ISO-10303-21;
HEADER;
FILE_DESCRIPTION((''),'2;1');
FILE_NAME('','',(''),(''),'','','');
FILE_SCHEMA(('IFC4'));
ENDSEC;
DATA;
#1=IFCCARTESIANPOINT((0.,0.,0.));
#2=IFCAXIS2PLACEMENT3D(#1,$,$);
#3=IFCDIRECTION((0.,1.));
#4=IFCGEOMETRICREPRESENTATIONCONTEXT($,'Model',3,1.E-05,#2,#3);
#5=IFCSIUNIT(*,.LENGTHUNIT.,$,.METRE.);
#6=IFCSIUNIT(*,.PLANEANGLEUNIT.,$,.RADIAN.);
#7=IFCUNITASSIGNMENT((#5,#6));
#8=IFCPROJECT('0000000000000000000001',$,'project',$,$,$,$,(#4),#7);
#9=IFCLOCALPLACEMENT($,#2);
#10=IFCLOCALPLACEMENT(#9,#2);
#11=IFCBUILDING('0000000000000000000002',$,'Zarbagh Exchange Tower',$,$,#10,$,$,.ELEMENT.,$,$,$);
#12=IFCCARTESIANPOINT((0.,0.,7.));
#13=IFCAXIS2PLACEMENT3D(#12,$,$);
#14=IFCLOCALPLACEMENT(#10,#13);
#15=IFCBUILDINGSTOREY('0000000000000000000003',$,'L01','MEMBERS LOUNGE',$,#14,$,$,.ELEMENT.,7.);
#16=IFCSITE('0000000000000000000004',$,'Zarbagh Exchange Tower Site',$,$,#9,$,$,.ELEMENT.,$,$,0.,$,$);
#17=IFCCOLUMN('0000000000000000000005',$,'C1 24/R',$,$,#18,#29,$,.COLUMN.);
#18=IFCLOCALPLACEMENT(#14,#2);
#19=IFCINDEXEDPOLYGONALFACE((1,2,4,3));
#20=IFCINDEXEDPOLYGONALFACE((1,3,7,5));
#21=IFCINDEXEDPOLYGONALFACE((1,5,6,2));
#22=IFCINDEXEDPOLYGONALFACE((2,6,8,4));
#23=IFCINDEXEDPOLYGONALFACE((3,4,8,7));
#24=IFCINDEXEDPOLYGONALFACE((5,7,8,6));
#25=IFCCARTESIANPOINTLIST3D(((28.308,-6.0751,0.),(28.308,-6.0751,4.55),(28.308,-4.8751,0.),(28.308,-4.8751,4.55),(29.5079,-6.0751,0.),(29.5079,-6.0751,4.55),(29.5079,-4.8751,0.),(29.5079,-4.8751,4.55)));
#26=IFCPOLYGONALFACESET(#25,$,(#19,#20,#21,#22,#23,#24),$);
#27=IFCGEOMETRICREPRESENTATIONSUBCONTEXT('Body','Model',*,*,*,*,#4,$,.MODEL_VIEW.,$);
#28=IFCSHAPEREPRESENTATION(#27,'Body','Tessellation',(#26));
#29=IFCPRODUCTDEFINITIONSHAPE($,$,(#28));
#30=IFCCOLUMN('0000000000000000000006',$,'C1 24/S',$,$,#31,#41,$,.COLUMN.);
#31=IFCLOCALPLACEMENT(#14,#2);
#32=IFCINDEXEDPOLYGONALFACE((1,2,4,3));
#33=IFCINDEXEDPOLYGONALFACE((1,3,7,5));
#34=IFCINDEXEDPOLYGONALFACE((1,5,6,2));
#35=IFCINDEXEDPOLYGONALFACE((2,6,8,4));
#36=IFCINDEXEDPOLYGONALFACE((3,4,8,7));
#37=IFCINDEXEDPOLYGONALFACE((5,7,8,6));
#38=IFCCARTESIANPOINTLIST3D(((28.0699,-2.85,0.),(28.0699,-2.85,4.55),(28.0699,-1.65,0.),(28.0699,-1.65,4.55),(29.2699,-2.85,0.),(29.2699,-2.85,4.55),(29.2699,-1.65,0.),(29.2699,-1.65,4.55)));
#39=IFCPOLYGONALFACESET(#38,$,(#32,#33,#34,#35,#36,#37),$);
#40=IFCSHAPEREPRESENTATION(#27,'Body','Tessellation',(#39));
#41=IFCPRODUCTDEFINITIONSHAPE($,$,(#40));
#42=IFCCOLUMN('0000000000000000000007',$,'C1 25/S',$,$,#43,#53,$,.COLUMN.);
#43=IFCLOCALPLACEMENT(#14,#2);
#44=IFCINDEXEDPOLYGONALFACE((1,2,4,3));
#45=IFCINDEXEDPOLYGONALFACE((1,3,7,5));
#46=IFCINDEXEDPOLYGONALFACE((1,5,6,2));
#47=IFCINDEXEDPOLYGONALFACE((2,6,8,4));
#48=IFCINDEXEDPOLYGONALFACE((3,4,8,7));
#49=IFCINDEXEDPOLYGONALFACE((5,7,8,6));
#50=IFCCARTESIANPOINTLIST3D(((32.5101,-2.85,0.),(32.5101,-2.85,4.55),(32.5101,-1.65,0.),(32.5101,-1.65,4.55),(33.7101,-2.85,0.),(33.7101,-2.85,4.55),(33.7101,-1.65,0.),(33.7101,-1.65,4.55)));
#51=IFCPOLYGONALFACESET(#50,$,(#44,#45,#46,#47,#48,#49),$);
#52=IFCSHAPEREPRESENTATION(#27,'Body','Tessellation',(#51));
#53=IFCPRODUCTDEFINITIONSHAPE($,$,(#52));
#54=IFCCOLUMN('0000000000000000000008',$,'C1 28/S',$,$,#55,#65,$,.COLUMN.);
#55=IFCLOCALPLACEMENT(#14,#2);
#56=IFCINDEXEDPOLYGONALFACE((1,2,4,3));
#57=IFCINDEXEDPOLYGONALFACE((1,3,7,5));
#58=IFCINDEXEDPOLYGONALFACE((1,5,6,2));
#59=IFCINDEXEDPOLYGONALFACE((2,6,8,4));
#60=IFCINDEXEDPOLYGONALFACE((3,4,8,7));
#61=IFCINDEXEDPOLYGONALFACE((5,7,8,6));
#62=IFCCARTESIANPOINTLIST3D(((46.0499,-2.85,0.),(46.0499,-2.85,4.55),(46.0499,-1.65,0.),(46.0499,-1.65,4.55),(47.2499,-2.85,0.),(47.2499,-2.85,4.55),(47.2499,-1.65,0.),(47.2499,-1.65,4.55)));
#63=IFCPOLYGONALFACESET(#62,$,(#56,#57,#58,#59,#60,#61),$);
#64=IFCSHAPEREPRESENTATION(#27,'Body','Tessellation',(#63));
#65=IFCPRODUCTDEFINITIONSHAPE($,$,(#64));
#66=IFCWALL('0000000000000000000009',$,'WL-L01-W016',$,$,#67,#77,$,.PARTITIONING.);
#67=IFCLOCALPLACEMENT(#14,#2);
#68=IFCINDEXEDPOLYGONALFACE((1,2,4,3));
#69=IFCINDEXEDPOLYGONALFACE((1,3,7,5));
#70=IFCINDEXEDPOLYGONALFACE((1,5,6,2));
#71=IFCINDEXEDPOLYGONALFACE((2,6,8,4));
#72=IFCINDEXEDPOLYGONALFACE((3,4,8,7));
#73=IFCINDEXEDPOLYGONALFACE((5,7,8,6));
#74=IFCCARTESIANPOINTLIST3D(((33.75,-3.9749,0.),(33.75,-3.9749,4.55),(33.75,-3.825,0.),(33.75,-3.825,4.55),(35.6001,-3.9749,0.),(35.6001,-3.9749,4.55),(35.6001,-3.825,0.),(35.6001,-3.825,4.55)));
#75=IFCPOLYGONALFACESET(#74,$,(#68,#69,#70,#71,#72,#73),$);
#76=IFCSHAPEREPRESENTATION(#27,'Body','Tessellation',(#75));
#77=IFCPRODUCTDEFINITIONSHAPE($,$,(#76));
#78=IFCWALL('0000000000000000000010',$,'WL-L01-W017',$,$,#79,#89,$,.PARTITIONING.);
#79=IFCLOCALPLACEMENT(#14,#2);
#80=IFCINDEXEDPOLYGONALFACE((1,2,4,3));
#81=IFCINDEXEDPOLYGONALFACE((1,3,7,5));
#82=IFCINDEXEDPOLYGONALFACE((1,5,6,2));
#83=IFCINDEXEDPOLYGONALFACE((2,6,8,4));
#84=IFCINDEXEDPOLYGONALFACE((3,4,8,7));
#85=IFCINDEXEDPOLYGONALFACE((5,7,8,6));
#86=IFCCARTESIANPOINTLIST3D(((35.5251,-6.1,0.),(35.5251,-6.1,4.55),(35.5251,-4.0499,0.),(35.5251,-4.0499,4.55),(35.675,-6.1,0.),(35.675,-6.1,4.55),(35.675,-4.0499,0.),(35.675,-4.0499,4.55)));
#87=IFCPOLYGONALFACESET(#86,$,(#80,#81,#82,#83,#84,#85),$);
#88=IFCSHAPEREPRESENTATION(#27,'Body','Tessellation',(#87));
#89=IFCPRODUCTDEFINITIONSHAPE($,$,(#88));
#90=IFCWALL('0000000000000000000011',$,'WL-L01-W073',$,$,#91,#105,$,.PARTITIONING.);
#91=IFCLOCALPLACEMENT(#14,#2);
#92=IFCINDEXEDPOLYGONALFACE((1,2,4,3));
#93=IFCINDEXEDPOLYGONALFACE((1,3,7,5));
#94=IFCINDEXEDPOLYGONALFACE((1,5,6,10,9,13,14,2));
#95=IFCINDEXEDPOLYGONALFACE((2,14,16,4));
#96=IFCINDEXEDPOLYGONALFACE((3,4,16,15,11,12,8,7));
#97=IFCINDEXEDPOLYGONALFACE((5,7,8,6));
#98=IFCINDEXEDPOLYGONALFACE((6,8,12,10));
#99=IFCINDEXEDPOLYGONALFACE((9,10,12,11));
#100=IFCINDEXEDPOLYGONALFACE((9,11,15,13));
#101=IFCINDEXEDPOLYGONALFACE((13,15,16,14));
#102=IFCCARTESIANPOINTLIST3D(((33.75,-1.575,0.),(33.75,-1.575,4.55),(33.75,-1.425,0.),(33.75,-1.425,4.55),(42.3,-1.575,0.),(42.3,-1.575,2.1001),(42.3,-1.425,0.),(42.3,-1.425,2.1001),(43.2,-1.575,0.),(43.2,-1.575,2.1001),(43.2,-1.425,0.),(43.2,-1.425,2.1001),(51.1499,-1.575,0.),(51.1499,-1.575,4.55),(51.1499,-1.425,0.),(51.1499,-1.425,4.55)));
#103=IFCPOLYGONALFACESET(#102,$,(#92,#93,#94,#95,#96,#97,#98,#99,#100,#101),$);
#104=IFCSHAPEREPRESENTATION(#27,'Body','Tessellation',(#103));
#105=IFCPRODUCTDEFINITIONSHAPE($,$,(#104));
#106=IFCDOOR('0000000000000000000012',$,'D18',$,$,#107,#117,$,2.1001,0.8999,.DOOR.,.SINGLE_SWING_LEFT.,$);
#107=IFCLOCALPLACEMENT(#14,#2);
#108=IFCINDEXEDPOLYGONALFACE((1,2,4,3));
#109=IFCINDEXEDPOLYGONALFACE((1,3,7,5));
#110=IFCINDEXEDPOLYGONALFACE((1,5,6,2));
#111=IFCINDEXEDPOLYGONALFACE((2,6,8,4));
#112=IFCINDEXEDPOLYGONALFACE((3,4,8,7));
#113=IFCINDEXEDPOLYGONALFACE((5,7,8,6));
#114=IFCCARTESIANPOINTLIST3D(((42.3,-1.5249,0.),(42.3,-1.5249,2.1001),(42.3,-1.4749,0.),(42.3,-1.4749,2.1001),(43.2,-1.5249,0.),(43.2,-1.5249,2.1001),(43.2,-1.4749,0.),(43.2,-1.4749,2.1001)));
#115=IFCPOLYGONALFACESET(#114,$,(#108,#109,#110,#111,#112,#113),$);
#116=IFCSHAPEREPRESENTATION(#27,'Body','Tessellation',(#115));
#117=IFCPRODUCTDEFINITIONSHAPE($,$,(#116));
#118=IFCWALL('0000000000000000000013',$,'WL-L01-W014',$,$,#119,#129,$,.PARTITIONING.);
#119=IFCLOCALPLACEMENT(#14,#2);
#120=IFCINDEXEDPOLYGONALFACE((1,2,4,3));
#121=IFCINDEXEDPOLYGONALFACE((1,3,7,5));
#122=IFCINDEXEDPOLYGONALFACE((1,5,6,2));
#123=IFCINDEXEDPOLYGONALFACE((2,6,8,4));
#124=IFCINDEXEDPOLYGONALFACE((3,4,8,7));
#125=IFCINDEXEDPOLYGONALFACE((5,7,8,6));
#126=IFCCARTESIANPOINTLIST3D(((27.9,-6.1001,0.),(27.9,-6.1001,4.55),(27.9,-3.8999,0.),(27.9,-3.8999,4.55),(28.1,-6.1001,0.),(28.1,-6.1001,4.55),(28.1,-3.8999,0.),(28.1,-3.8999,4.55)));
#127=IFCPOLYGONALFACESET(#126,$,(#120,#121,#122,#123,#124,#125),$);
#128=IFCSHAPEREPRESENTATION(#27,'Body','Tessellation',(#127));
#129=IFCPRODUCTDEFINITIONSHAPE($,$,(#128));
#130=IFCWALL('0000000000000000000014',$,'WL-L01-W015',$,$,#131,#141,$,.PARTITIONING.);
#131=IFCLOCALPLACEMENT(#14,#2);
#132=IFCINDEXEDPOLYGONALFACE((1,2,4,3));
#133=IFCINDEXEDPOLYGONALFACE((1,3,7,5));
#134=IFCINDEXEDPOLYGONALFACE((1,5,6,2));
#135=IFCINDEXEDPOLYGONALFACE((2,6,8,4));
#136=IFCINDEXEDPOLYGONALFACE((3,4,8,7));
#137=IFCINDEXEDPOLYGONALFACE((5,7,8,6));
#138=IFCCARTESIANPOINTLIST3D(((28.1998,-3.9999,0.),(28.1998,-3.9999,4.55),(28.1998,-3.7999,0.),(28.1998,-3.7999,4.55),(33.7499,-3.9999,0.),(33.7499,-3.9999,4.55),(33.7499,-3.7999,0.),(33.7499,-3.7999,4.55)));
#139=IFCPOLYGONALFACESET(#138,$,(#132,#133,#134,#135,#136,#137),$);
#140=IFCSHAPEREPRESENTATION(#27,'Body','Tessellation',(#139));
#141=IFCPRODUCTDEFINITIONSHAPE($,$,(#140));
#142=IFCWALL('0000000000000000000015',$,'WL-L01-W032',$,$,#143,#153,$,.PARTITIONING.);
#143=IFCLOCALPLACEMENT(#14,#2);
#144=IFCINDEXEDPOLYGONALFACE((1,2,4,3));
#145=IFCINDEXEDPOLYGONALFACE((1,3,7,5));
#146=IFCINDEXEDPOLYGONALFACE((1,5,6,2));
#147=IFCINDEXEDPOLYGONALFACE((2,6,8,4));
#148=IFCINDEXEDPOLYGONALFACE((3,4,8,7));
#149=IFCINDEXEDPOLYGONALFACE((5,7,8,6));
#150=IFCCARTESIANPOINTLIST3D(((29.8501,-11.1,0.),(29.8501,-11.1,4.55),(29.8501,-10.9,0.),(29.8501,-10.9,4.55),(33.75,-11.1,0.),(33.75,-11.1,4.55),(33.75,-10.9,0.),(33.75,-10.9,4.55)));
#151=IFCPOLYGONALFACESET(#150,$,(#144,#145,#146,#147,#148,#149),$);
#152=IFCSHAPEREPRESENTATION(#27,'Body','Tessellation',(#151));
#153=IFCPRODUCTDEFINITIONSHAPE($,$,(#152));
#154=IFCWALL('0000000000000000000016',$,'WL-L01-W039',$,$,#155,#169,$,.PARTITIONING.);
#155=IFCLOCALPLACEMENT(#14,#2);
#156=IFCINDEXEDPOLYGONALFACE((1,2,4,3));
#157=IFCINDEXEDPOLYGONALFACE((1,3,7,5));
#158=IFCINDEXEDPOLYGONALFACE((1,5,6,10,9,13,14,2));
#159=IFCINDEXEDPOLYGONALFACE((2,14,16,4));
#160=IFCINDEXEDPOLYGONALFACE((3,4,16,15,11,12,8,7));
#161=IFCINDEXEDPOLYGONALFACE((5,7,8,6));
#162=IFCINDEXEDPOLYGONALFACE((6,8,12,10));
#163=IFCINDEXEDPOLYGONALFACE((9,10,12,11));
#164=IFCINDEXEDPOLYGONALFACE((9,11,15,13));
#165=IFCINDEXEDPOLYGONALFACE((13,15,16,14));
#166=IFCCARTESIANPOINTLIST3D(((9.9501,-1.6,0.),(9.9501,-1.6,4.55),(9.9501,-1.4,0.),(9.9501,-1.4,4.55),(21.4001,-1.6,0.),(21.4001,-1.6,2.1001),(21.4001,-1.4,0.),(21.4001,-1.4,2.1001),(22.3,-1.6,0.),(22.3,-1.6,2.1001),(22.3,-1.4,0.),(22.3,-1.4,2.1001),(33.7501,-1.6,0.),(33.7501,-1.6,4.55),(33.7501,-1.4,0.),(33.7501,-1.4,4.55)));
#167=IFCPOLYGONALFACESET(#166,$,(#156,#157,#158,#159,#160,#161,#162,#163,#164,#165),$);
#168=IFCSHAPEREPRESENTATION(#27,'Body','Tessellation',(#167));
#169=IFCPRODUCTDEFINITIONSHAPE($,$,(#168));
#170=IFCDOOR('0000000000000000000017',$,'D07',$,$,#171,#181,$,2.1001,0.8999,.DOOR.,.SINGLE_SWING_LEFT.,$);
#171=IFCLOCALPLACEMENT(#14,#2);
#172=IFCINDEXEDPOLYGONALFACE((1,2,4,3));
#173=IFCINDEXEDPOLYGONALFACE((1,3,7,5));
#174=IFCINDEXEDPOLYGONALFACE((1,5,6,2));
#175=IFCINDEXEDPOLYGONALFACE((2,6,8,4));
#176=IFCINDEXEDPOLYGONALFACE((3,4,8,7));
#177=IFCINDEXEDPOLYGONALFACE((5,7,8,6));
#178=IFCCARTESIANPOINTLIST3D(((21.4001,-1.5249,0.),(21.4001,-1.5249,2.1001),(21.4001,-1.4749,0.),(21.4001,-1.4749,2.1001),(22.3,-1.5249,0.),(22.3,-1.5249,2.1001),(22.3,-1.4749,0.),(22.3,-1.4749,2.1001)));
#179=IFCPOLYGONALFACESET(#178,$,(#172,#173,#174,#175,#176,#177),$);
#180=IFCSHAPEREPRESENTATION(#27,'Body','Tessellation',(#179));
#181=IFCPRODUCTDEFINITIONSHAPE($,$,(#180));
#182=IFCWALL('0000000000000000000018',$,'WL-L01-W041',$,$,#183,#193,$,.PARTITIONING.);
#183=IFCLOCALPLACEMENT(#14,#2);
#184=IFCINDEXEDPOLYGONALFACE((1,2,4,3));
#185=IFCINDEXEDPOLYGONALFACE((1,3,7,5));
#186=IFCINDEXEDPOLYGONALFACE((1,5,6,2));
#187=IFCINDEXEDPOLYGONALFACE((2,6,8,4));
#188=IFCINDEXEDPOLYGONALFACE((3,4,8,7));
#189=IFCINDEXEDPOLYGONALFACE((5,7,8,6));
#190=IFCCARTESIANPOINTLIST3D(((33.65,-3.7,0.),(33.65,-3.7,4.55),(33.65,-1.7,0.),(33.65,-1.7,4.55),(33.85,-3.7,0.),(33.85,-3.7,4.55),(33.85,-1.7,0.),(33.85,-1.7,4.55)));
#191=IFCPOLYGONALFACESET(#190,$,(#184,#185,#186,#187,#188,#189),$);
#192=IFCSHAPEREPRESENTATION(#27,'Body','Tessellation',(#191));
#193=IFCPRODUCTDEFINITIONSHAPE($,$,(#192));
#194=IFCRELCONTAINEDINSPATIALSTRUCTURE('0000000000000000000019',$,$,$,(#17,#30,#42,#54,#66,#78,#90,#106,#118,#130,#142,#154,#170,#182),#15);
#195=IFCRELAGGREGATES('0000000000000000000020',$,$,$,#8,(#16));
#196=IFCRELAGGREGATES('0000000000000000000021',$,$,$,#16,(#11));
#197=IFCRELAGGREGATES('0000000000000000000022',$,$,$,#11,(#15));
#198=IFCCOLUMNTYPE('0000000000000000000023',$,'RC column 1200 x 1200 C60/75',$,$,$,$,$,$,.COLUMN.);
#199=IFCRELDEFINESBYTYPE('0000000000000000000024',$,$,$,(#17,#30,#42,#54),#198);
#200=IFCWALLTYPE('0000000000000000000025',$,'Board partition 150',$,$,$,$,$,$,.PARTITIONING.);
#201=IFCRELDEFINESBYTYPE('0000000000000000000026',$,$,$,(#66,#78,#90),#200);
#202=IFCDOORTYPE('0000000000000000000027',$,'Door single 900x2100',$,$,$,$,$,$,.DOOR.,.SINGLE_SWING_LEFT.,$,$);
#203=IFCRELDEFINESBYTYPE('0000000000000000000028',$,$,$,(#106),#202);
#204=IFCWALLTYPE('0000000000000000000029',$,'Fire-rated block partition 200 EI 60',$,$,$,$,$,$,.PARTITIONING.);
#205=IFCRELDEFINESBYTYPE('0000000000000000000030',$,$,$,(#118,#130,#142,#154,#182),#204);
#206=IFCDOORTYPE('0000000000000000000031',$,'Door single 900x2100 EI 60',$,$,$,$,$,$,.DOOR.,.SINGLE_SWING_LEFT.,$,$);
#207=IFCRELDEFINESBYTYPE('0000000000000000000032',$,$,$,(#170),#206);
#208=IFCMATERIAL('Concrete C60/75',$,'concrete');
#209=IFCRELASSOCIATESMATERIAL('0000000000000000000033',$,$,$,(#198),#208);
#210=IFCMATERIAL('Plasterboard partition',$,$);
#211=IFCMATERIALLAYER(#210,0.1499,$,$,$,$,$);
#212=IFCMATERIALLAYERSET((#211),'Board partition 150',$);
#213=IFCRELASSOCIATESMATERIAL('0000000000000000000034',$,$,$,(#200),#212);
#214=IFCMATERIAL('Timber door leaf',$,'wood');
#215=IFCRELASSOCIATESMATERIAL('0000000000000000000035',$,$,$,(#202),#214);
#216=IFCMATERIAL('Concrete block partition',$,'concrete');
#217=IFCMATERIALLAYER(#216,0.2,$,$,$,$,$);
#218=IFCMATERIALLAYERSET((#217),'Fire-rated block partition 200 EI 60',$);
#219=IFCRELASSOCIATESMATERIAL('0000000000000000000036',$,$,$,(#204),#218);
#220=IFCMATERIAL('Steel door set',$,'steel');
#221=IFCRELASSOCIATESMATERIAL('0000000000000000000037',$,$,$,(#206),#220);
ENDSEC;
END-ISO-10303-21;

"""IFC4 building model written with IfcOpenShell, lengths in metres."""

from ifc_helpers import new_model, si_unit, direction, frame, frame_2d, origin, origin_2d, place, context, subcontext, project, spatial, rectangle, extrude, material, layer, layer_set, material_profile, profile_set, type_object, element, fill, save


model = new_model("IFC4")

# Units and contexts
model_context = context("Model", 3, precision=1e-05, world=origin(), true_north=direction((0.0, 1.0)))
body_context = subcontext(model_context, "Body", "Model", "MODEL_VIEW")
ifc_project = project(units=[si_unit("LENGTHUNIT", "METRE"), si_unit("PLANEANGLEUNIT", "RADIAN")], contexts=[model_context])

# Site, building, storey
site_placement = place(None, origin())
site = spatial("IfcSite", under=ifc_project, at=site_placement, Name="Zarbagh Exchange Tower Site", CompositionType="ELEMENT", RefElevation=0.0)
building_placement = place(site_placement, origin())
building = spatial("IfcBuilding", under=site, at=building_placement, Name="Zarbagh Exchange Tower", CompositionType="ELEMENT")
storey_placement = place(building_placement, frame((0.0, 0.0, 7.0)))
storey = spatial("IfcBuildingStorey", under=building, at=storey_placement, Name="L01", Description="MEMBERS LOUNGE", CompositionType="ELEMENT", Elevation=7.0)

# Columns
ifc_material_1 = material(Name="Concrete C60/75", Category="concrete")
ifc_material_profile = material_profile(ifc_material_1, rectangle(XDim=1.2, YDim=1.2, at=origin_2d()), Name="RC column 1200 x 1200 C60/75")
ifc_profile_set = profile_set([ifc_material_profile], Name="Concrete C60/75")
column_type = type_object("IfcColumnType", Name="RC column 1200 x 1200 C60/75", PredefinedType="COLUMN", material=ifc_profile_set)
for number, where, z_axis, x_axis, name in (
    (1, (28.908, -5.4751, 0.0), (0.0, 0.0, 1.0), (1.0, 0.0, 0.0), "C1 24/R"),
    (2, (28.6699, -2.25, 0.0), (0.0, 0.0, 1.0), (1.0, 0.0, 0.0), "C1 24/S"),
    (3, (33.1101, -2.25, 0.0), (0.0, 0.0, 1.0), (1.0, 0.0, 0.0), "C1 25/S"),
    (4, (46.6499, -2.25, 0.0), (0.0, 0.0, 1.0), (1.0, 0.0, 0.0), "C1 28/S"),
):
    element("IfcColumn", number, at=place(storey_placement, frame(where, z_axis=z_axis, x_axis=x_axis)), inside=storey, type_object=column_type, Name=name, PredefinedType="COLUMN", context=body_context, shape_type="SweptSolid", body=[
        extrude(rectangle(XDim=1.2, YDim=1.2, at=origin_2d()), origin(), (0.0, 0.0, 1.0), 4.55),
    ])

# Walls
ifc_material_2 = material(Name="Plasterboard partition")
ifc_layer_1 = layer(ifc_material_2, 0.1499)
ifc_layer_set_1 = layer_set([ifc_layer_1], Name="Board partition 150")
wall_type_1 = type_object("IfcWallType", Name="Board partition 150", PredefinedType="PARTITIONING", material=ifc_layer_set_1)
wall_1_placement = place(storey_placement, frame((33.75, -3.8999, 0.0), z_axis=(0.0, 0.0, 1.0), x_axis=(1.0, 0.0, 0.0)))
element("IfcWall", 5, at=wall_1_placement, inside=storey, type_object=wall_type_1, Name="WL-L01-W016", PredefinedType="PARTITIONING", context=body_context, shape_type="SweptSolid", body=[
    extrude(rectangle(XDim=1.8501, YDim=0.1499, at=frame_2d((0.925, 0.0))), origin(), (0.0, 0.0, 1.0), 4.55),
])
wall_2_placement = place(storey_placement, frame((35.6001, -4.05, 0.0), z_axis=(0.0, 0.0, 1.0), x_axis=(0.0, -1.0, 0.0)))
element("IfcWall", 6, at=wall_2_placement, inside=storey, type_object=wall_type_1, Name="WL-L01-W017", PredefinedType="PARTITIONING", context=body_context, shape_type="SweptSolid", body=[
    extrude(rectangle(XDim=2.05, YDim=0.1499, at=frame_2d((1.0249, 0.0))), origin(), (0.0, 0.0, 1.0), 4.55),
])

# Wall, opening, door
wall_3_placement = place(storey_placement, frame((51.1499, -1.5, 0.0), z_axis=(0.0, 0.0, 1.0), x_axis=(-1.0, 0.0, 0.0)))
wall_3 = element("IfcWall", 7, at=wall_3_placement, inside=storey, type_object=wall_type_1, Name="WL-L01-W073", PredefinedType="PARTITIONING", context=body_context, shape_type="SweptSolid", body=[
    extrude(rectangle(XDim=17.3999, YDim=0.1499, at=frame_2d((8.7, 0.0))), origin(), (0.0, 0.0, 1.0), 4.55),
])
opening_1_placement = place(wall_3_placement, frame((7.95, 0.0, 0.0)))
opening_1 = element("IfcOpeningElement", 8, at=opening_1_placement, cuts=wall_3, PredefinedType="OPENING", context=body_context, shape_type="SweptSolid", body=[
    extrude(rectangle(XDim=0.8999, YDim=2.1001, at=frame_2d((0.45, 1.05))), frame((0.0, 0.085, 0.0), z_axis=(0.0, -1.0, 0.0), x_axis=(1.0, 0.0, 0.0)), (0.0, 0.0, 1.0), 0.1699),
])
ifc_material_3 = material(Name="Timber door leaf", Category="wood")
door_type_1 = type_object("IfcDoorType", Name="Door single 900x2100", OperationType="SINGLE_SWING_LEFT", PredefinedType="DOOR", material=ifc_material_3)
door_1_placement = place(opening_1_placement, origin())
door_1 = element("IfcDoor", 9, at=door_1_placement, inside=storey, type_object=door_type_1, Name="D18", OperationType="SINGLE_SWING_LEFT", OverallHeight=2.1001, OverallWidth=0.8999, PredefinedType="DOOR", context=body_context, shape_type="SweptSolid", body=[
    extrude(rectangle(XDim=0.8999, YDim=2.1001, at=frame_2d((0.45, 1.05))), frame((0.0, 0.0249, 0.0), z_axis=(0.0, -1.0, 0.0), x_axis=(1.0, 0.0, 0.0)), (0.0, 0.0, 1.0), 0.05),
])
fill(opening_1, door_1)

# Walls
ifc_material_4 = material(Name="Concrete block partition", Category="concrete")
ifc_layer_2 = layer(ifc_material_4, 0.2)
ifc_layer_set_2 = layer_set([ifc_layer_2], Name="Fire-rated block partition 200 EI 60")
wall_type_2 = type_object("IfcWallType", Name="Fire-rated block partition 200 EI 60", PredefinedType="PARTITIONING", material=ifc_layer_set_2)
wall_4_placement = place(storey_placement, frame((28.0, -6.1001, 0.0), z_axis=(0.0, 0.0, 1.0), x_axis=(0.0, 1.0, 0.0)))
element("IfcWall", 10, at=wall_4_placement, inside=storey, type_object=wall_type_2, Name="WL-L01-W014", PredefinedType="PARTITIONING", context=body_context, shape_type="SweptSolid", body=[
    extrude(rectangle(XDim=2.2002, YDim=0.2, at=frame_2d((1.1001, 0.0))), origin(), (0.0, 0.0, 1.0), 4.55),
])
wall_5_placement = place(storey_placement, frame((28.2, -3.8999, 0.0), z_axis=(0.0, 0.0, 1.0), x_axis=(1.0, 0.0, 0.0)))
element("IfcWall", 11, at=wall_5_placement, inside=storey, type_object=wall_type_2, Name="WL-L01-W015", PredefinedType="PARTITIONING", context=body_context, shape_type="SweptSolid", body=[
    extrude(rectangle(XDim=5.55, YDim=0.2, at=frame_2d((2.7749, 0.0))), origin(), (0.0, 0.0, 1.0), 4.55),
])
wall_6_placement = place(storey_placement, frame((29.8501, -11.0, 0.0), z_axis=(0.0, 0.0, 1.0), x_axis=(1.0, 0.0, 0.0)))
element("IfcWall", 12, at=wall_6_placement, inside=storey, type_object=wall_type_2, Name="WL-L01-W032", PredefinedType="PARTITIONING", context=body_context, shape_type="SweptSolid", body=[
    extrude(rectangle(XDim=3.8999, YDim=0.2, at=frame_2d((1.95, 0.0))), origin(), (0.0, 0.0, 1.0), 4.55),
])

# Wall, opening, door
wall_7_placement = place(storey_placement, frame((33.75, -1.5, 0.0), z_axis=(0.0, 0.0, 1.0), x_axis=(-1.0, 0.0, 0.0)))
wall_7 = element("IfcWall", 13, at=wall_7_placement, inside=storey, type_object=wall_type_2, Name="WL-L01-W039", PredefinedType="PARTITIONING", context=body_context, shape_type="SweptSolid", body=[
    extrude(rectangle(XDim=23.8, YDim=0.2, at=frame_2d((11.8999, 0.0))), origin(), (0.0, 0.0, 1.0), 4.55),
])
opening_2_placement = place(wall_7_placement, frame((11.45, 0.0, 0.0)))
opening_2 = element("IfcOpeningElement", 14, at=opening_2_placement, cuts=wall_7, PredefinedType="OPENING", context=body_context, shape_type="SweptSolid", body=[
    extrude(rectangle(XDim=0.8999, YDim=2.1001, at=frame_2d((0.45, 1.05))), frame((0.0, 0.1099, 0.0), z_axis=(0.0, -1.0, 0.0), x_axis=(1.0, 0.0, 0.0)), (0.0, 0.0, 1.0), 0.22),
])
ifc_material_5 = material(Name="Steel door set", Category="steel")
door_type_2 = type_object("IfcDoorType", Name="Door single 900x2100 EI 60", OperationType="SINGLE_SWING_LEFT", PredefinedType="DOOR", material=ifc_material_5)
door_2_placement = place(opening_2_placement, origin())
door_2 = element("IfcDoor", 15, at=door_2_placement, inside=storey, type_object=door_type_2, Name="D07", OperationType="SINGLE_SWING_LEFT", OverallHeight=2.1001, OverallWidth=0.8999, PredefinedType="DOOR", context=body_context, shape_type="SweptSolid", body=[
    extrude(rectangle(XDim=0.8999, YDim=2.1001, at=frame_2d((0.45, 1.05))), frame((0.0, 0.0249, 0.0), z_axis=(0.0, -1.0, 0.0), x_axis=(1.0, 0.0, 0.0)), (0.0, 0.0, 1.0), 0.05),
])
fill(opening_2, door_2)

# Wall
wall_8_placement = place(storey_placement, frame((33.75, -1.7, 0.0), z_axis=(0.0, 0.0, 1.0), x_axis=(0.0, -1.0, 0.0)))
element("IfcWall", 16, at=wall_8_placement, inside=storey, type_object=wall_type_2, Name="WL-L01-W041", PredefinedType="PARTITIONING", context=body_context, shape_type="SweptSolid", body=[
    extrude(rectangle(XDim=2.0, YDim=0.2, at=frame_2d((1.0, 0.0))), origin(), (0.0, 0.0, 1.0), 4.55),
])

save(model, "model.ifc")
